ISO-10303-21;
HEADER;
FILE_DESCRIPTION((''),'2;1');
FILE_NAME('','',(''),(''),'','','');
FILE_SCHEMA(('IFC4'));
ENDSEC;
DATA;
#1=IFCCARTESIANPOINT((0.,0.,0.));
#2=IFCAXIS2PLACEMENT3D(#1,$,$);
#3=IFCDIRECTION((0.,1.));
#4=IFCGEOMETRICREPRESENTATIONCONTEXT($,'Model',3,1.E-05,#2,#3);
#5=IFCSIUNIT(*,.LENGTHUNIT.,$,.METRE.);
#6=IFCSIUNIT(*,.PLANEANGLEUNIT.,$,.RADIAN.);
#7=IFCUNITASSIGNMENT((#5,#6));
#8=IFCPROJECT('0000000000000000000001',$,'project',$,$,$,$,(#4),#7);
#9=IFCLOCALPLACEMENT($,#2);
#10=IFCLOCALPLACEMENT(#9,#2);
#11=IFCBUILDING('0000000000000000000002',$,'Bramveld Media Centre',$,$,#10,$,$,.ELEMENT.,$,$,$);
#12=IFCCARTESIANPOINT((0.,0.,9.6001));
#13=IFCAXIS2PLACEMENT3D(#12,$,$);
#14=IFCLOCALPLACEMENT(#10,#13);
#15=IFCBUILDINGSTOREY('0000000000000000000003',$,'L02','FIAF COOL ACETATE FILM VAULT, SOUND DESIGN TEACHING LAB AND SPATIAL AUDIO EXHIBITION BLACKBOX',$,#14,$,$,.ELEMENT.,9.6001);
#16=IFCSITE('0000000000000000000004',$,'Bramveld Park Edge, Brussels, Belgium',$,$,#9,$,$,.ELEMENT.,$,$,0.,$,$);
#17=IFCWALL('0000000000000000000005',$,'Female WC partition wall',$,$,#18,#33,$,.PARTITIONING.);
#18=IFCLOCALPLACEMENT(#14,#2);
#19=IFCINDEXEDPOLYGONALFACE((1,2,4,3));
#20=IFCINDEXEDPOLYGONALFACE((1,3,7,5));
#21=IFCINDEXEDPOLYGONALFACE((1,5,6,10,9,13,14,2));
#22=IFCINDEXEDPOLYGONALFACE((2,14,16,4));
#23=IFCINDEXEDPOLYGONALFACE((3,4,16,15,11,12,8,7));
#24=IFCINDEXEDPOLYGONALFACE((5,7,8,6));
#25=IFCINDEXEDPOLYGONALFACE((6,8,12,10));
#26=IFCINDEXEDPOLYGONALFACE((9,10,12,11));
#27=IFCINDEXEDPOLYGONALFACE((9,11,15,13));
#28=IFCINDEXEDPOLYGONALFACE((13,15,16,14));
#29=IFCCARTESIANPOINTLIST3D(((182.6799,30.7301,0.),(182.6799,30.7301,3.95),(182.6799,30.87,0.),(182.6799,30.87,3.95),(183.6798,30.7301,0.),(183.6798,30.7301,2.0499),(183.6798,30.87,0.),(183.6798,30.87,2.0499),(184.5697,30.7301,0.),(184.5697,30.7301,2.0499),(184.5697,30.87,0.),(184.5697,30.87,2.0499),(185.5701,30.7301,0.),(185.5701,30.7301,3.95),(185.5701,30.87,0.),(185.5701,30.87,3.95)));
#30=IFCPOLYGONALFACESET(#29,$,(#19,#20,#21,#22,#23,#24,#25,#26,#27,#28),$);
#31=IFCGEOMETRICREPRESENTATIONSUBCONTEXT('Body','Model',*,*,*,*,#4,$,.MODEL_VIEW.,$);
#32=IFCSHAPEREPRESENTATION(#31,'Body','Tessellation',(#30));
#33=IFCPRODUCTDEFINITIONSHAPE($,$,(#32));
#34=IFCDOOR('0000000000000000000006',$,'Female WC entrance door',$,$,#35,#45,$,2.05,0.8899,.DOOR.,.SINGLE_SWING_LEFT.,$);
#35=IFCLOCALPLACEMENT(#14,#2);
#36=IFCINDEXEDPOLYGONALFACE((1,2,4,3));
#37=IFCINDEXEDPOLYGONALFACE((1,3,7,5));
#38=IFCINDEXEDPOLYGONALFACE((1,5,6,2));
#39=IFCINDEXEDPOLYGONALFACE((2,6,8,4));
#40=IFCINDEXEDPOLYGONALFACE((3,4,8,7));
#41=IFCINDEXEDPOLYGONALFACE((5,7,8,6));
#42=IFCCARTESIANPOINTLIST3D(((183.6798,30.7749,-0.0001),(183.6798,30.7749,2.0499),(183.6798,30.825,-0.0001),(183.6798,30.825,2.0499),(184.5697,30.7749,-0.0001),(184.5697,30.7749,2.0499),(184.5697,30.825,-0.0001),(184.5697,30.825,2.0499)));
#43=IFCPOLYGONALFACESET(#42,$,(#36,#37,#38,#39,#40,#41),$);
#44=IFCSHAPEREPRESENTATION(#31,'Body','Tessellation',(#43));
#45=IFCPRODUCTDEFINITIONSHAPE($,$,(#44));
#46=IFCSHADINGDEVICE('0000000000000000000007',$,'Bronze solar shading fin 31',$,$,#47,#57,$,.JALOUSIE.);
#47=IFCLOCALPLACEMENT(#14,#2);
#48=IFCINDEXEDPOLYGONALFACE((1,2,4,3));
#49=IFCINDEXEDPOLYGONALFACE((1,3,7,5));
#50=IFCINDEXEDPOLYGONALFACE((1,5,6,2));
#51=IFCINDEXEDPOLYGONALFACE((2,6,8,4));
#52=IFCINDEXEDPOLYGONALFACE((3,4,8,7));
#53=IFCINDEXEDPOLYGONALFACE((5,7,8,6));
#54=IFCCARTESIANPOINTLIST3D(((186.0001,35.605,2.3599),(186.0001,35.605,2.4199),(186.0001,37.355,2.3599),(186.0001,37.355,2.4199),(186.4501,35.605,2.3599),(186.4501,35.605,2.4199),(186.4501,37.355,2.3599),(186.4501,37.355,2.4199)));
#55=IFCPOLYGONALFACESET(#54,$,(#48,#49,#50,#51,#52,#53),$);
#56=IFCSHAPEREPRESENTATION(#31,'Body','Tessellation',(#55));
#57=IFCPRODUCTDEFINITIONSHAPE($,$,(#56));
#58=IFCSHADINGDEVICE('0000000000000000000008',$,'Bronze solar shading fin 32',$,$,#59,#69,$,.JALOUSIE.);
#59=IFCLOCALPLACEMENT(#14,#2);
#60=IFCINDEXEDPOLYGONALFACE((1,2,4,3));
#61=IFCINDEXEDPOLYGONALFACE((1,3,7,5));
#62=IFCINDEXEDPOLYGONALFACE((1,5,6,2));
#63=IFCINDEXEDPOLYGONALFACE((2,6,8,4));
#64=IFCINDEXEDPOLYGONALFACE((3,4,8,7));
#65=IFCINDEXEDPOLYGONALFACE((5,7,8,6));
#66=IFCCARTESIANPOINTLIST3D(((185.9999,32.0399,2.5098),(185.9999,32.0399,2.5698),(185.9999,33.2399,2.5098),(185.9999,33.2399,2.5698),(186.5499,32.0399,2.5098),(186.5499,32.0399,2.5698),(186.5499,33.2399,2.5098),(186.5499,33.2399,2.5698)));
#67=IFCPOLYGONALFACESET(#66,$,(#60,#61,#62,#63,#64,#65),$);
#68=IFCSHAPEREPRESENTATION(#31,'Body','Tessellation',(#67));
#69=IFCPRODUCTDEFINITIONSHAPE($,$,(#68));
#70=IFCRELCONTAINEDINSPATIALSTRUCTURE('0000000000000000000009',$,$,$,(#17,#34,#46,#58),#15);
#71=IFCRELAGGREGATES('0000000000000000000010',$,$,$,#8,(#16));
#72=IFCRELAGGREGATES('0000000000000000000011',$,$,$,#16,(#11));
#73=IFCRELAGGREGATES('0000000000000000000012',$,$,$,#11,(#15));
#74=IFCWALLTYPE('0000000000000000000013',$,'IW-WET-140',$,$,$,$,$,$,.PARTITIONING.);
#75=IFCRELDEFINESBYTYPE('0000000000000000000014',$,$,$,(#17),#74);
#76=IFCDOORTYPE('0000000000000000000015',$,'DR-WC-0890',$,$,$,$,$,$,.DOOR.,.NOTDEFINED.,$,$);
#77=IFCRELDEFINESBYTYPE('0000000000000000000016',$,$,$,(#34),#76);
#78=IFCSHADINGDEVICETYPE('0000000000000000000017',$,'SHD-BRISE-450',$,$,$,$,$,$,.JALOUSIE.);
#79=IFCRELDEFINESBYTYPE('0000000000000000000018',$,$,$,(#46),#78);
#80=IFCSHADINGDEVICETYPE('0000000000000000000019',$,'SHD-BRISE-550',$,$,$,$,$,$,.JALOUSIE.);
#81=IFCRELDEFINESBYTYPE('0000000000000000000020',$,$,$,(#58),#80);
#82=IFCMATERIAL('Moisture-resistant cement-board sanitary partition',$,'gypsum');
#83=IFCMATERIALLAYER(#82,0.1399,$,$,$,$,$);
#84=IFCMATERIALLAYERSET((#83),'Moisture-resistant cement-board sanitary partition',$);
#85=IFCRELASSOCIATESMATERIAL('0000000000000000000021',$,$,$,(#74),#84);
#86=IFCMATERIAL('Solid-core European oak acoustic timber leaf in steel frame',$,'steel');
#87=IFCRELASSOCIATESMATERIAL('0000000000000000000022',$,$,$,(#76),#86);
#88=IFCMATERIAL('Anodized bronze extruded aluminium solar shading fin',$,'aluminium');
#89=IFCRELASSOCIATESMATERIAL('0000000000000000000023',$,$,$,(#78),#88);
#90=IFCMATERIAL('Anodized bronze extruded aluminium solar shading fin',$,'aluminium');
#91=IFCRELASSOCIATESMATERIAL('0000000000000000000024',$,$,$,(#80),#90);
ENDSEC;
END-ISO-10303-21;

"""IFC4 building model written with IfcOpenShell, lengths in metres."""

from ifc_helpers import new_model, si_unit, direction, frame, frame_2d, origin, origin_2d, place, context, subcontext, project, spatial, rectangle, extrude, material, layer, layer_set, type_object, element, fill, save


model = new_model("IFC4")

# Units and contexts
model_context = context("Model", 3, precision=1e-05, world=origin(), true_north=direction((0.0, 1.0)))
body_context = subcontext(model_context, "Body", "Model", "MODEL_VIEW")
ifc_project = project(units=[si_unit("LENGTHUNIT", "METRE"), si_unit("PLANEANGLEUNIT", "RADIAN")], contexts=[model_context])

# Site, building, storey
site_placement = place(None, origin())
site = spatial("IfcSite", under=ifc_project, at=site_placement, Name="Bramveld Park Edge, Brussels, Belgium", CompositionType="ELEMENT", RefElevation=0.0)
building_placement = place(site_placement, origin())
building = spatial("IfcBuilding", under=site, at=building_placement, Name="Bramveld Media Centre", CompositionType="ELEMENT")
storey_placement = place(building_placement, frame((0.0, 0.0, 9.6001)))
storey = spatial("IfcBuildingStorey", under=building, at=storey_placement, Name="L02", Description="FIAF COOL ACETATE FILM VAULT, SOUND DESIGN TEACHING LAB AND SPATIAL AUDIO EXHIBITION BLACKBOX", CompositionType="ELEMENT", Elevation=9.6001)

# Shared definitions
ifc_material_1 = material(Name="Moisture-resistant cement-board sanitary partition", Category="gypsum")
ifc_layer_1 = layer(ifc_material_1, 0.1399)
ifc_layer_set_1 = layer_set([ifc_layer_1], Name="Moisture-resistant cement-board sanitary partition")
wall_type_1 = type_object("IfcWallType", Name="IW-WET-140", PredefinedType="PARTITIONING", material=ifc_layer_set_1)

# Wall, opening, door
wall_1_placement = place(storey_placement, frame((182.6799, 30.8, 0.0), z_axis=(0.0, 0.0, 1.0), x_axis=(1.0, 0.0, 0.0)))
wall_1 = element("IfcWall", 1, at=wall_1_placement, inside=storey, type_object=wall_type_1, Name="Female WC partition wall", PredefinedType="PARTITIONING", context=body_context, shape_type="SweptSolid", body=[
    extrude(rectangle(XDim=2.8901, YDim=0.1399, at=frame_2d((1.4451, 0.0))), origin(), (0.0, 0.0, 1.0), 3.95),
])
opening_1_placement = place(wall_1_placement, frame((1.0, 0.0, 0.0)))
opening_1 = element("IfcOpeningElement", 2, at=opening_1_placement, cuts=wall_1, PredefinedType="OPENING", context=body_context, shape_type="SweptSolid", body=[
    extrude(rectangle(XDim=0.8899, YDim=2.05, at=frame_2d((0.4448, 1.0249))), frame((0.0, 0.082, 0.0), z_axis=(0.0, -1.0, 0.0), x_axis=(1.0, 0.0, 0.0)), (0.0, 0.0, 1.0), 0.1638),
])
ifc_material_2 = material(Name="Solid-core European oak acoustic timber leaf in steel frame", Category="steel")
door_type_1 = type_object("IfcDoorType", Name="DR-WC-0890", OperationType="NOTDEFINED", PredefinedType="DOOR", material=ifc_material_2)
door_1_placement = place(opening_1_placement, origin())
door_1 = element("IfcDoor", 3, at=door_1_placement, inside=storey, type_object=door_type_1, Name="Female WC entrance door", OperationType="SINGLE_SWING_LEFT", OverallHeight=2.05, OverallWidth=0.8899, PredefinedType="DOOR", context=body_context, shape_type="SweptSolid", body=[
    extrude(rectangle(XDim=0.8899, YDim=2.05, at=frame_2d((0.4448, 1.0249))), frame((0.0, 0.0249, 0.0), z_axis=(0.0, -1.0, 0.0), x_axis=(1.0, 0.0, 0.0)), (0.0, 0.0, 1.0), 0.05),
])
fill(opening_1, door_1)

# Shading devices
ifc_material_3 = material(Name="Anodized bronze extruded aluminium solar shading fin", Category="aluminium")
shading_device_type_1 = type_object("IfcShadingDeviceType", Name="SHD-BRISE-450", PredefinedType="JALOUSIE", material=ifc_material_3)
shading_device_1_placement = place(storey_placement, frame((186.2251, 36.48, 2.3599), z_axis=(0.0, 0.0, 1.0), x_axis=(1.0, 0.0, 0.0)))
element("IfcShadingDevice", 4, at=shading_device_1_placement, inside=storey, type_object=shading_device_type_1, Name="Bronze solar shading fin 31", PredefinedType="JALOUSIE", context=body_context, shape_type="SweptSolid", body=[
    extrude(rectangle(XDim=0.45, YDim=1.75, at=origin_2d()), origin(), (0.0, 0.0, 1.0), 0.0601),
])
ifc_material_4 = material(Name="Anodized bronze extruded aluminium solar shading fin", Category="aluminium")
shading_device_type_2 = type_object("IfcShadingDeviceType", Name="SHD-BRISE-550", PredefinedType="JALOUSIE", material=ifc_material_4)
shading_device_2_placement = place(storey_placement, frame((186.2749, 32.6399, 2.5098), z_axis=(0.0, 0.0, 1.0), x_axis=(1.0, 0.0, 0.0)))
element("IfcShadingDevice", 5, at=shading_device_2_placement, inside=storey, type_object=shading_device_type_2, Name="Bronze solar shading fin 32", PredefinedType="JALOUSIE", context=body_context, shape_type="SweptSolid", body=[
    extrude(rectangle(XDim=0.55, YDim=1.2, at=origin_2d()), origin(), (0.0, 0.0, 1.0), 0.0601),
])

save(model, "model.ifc")
